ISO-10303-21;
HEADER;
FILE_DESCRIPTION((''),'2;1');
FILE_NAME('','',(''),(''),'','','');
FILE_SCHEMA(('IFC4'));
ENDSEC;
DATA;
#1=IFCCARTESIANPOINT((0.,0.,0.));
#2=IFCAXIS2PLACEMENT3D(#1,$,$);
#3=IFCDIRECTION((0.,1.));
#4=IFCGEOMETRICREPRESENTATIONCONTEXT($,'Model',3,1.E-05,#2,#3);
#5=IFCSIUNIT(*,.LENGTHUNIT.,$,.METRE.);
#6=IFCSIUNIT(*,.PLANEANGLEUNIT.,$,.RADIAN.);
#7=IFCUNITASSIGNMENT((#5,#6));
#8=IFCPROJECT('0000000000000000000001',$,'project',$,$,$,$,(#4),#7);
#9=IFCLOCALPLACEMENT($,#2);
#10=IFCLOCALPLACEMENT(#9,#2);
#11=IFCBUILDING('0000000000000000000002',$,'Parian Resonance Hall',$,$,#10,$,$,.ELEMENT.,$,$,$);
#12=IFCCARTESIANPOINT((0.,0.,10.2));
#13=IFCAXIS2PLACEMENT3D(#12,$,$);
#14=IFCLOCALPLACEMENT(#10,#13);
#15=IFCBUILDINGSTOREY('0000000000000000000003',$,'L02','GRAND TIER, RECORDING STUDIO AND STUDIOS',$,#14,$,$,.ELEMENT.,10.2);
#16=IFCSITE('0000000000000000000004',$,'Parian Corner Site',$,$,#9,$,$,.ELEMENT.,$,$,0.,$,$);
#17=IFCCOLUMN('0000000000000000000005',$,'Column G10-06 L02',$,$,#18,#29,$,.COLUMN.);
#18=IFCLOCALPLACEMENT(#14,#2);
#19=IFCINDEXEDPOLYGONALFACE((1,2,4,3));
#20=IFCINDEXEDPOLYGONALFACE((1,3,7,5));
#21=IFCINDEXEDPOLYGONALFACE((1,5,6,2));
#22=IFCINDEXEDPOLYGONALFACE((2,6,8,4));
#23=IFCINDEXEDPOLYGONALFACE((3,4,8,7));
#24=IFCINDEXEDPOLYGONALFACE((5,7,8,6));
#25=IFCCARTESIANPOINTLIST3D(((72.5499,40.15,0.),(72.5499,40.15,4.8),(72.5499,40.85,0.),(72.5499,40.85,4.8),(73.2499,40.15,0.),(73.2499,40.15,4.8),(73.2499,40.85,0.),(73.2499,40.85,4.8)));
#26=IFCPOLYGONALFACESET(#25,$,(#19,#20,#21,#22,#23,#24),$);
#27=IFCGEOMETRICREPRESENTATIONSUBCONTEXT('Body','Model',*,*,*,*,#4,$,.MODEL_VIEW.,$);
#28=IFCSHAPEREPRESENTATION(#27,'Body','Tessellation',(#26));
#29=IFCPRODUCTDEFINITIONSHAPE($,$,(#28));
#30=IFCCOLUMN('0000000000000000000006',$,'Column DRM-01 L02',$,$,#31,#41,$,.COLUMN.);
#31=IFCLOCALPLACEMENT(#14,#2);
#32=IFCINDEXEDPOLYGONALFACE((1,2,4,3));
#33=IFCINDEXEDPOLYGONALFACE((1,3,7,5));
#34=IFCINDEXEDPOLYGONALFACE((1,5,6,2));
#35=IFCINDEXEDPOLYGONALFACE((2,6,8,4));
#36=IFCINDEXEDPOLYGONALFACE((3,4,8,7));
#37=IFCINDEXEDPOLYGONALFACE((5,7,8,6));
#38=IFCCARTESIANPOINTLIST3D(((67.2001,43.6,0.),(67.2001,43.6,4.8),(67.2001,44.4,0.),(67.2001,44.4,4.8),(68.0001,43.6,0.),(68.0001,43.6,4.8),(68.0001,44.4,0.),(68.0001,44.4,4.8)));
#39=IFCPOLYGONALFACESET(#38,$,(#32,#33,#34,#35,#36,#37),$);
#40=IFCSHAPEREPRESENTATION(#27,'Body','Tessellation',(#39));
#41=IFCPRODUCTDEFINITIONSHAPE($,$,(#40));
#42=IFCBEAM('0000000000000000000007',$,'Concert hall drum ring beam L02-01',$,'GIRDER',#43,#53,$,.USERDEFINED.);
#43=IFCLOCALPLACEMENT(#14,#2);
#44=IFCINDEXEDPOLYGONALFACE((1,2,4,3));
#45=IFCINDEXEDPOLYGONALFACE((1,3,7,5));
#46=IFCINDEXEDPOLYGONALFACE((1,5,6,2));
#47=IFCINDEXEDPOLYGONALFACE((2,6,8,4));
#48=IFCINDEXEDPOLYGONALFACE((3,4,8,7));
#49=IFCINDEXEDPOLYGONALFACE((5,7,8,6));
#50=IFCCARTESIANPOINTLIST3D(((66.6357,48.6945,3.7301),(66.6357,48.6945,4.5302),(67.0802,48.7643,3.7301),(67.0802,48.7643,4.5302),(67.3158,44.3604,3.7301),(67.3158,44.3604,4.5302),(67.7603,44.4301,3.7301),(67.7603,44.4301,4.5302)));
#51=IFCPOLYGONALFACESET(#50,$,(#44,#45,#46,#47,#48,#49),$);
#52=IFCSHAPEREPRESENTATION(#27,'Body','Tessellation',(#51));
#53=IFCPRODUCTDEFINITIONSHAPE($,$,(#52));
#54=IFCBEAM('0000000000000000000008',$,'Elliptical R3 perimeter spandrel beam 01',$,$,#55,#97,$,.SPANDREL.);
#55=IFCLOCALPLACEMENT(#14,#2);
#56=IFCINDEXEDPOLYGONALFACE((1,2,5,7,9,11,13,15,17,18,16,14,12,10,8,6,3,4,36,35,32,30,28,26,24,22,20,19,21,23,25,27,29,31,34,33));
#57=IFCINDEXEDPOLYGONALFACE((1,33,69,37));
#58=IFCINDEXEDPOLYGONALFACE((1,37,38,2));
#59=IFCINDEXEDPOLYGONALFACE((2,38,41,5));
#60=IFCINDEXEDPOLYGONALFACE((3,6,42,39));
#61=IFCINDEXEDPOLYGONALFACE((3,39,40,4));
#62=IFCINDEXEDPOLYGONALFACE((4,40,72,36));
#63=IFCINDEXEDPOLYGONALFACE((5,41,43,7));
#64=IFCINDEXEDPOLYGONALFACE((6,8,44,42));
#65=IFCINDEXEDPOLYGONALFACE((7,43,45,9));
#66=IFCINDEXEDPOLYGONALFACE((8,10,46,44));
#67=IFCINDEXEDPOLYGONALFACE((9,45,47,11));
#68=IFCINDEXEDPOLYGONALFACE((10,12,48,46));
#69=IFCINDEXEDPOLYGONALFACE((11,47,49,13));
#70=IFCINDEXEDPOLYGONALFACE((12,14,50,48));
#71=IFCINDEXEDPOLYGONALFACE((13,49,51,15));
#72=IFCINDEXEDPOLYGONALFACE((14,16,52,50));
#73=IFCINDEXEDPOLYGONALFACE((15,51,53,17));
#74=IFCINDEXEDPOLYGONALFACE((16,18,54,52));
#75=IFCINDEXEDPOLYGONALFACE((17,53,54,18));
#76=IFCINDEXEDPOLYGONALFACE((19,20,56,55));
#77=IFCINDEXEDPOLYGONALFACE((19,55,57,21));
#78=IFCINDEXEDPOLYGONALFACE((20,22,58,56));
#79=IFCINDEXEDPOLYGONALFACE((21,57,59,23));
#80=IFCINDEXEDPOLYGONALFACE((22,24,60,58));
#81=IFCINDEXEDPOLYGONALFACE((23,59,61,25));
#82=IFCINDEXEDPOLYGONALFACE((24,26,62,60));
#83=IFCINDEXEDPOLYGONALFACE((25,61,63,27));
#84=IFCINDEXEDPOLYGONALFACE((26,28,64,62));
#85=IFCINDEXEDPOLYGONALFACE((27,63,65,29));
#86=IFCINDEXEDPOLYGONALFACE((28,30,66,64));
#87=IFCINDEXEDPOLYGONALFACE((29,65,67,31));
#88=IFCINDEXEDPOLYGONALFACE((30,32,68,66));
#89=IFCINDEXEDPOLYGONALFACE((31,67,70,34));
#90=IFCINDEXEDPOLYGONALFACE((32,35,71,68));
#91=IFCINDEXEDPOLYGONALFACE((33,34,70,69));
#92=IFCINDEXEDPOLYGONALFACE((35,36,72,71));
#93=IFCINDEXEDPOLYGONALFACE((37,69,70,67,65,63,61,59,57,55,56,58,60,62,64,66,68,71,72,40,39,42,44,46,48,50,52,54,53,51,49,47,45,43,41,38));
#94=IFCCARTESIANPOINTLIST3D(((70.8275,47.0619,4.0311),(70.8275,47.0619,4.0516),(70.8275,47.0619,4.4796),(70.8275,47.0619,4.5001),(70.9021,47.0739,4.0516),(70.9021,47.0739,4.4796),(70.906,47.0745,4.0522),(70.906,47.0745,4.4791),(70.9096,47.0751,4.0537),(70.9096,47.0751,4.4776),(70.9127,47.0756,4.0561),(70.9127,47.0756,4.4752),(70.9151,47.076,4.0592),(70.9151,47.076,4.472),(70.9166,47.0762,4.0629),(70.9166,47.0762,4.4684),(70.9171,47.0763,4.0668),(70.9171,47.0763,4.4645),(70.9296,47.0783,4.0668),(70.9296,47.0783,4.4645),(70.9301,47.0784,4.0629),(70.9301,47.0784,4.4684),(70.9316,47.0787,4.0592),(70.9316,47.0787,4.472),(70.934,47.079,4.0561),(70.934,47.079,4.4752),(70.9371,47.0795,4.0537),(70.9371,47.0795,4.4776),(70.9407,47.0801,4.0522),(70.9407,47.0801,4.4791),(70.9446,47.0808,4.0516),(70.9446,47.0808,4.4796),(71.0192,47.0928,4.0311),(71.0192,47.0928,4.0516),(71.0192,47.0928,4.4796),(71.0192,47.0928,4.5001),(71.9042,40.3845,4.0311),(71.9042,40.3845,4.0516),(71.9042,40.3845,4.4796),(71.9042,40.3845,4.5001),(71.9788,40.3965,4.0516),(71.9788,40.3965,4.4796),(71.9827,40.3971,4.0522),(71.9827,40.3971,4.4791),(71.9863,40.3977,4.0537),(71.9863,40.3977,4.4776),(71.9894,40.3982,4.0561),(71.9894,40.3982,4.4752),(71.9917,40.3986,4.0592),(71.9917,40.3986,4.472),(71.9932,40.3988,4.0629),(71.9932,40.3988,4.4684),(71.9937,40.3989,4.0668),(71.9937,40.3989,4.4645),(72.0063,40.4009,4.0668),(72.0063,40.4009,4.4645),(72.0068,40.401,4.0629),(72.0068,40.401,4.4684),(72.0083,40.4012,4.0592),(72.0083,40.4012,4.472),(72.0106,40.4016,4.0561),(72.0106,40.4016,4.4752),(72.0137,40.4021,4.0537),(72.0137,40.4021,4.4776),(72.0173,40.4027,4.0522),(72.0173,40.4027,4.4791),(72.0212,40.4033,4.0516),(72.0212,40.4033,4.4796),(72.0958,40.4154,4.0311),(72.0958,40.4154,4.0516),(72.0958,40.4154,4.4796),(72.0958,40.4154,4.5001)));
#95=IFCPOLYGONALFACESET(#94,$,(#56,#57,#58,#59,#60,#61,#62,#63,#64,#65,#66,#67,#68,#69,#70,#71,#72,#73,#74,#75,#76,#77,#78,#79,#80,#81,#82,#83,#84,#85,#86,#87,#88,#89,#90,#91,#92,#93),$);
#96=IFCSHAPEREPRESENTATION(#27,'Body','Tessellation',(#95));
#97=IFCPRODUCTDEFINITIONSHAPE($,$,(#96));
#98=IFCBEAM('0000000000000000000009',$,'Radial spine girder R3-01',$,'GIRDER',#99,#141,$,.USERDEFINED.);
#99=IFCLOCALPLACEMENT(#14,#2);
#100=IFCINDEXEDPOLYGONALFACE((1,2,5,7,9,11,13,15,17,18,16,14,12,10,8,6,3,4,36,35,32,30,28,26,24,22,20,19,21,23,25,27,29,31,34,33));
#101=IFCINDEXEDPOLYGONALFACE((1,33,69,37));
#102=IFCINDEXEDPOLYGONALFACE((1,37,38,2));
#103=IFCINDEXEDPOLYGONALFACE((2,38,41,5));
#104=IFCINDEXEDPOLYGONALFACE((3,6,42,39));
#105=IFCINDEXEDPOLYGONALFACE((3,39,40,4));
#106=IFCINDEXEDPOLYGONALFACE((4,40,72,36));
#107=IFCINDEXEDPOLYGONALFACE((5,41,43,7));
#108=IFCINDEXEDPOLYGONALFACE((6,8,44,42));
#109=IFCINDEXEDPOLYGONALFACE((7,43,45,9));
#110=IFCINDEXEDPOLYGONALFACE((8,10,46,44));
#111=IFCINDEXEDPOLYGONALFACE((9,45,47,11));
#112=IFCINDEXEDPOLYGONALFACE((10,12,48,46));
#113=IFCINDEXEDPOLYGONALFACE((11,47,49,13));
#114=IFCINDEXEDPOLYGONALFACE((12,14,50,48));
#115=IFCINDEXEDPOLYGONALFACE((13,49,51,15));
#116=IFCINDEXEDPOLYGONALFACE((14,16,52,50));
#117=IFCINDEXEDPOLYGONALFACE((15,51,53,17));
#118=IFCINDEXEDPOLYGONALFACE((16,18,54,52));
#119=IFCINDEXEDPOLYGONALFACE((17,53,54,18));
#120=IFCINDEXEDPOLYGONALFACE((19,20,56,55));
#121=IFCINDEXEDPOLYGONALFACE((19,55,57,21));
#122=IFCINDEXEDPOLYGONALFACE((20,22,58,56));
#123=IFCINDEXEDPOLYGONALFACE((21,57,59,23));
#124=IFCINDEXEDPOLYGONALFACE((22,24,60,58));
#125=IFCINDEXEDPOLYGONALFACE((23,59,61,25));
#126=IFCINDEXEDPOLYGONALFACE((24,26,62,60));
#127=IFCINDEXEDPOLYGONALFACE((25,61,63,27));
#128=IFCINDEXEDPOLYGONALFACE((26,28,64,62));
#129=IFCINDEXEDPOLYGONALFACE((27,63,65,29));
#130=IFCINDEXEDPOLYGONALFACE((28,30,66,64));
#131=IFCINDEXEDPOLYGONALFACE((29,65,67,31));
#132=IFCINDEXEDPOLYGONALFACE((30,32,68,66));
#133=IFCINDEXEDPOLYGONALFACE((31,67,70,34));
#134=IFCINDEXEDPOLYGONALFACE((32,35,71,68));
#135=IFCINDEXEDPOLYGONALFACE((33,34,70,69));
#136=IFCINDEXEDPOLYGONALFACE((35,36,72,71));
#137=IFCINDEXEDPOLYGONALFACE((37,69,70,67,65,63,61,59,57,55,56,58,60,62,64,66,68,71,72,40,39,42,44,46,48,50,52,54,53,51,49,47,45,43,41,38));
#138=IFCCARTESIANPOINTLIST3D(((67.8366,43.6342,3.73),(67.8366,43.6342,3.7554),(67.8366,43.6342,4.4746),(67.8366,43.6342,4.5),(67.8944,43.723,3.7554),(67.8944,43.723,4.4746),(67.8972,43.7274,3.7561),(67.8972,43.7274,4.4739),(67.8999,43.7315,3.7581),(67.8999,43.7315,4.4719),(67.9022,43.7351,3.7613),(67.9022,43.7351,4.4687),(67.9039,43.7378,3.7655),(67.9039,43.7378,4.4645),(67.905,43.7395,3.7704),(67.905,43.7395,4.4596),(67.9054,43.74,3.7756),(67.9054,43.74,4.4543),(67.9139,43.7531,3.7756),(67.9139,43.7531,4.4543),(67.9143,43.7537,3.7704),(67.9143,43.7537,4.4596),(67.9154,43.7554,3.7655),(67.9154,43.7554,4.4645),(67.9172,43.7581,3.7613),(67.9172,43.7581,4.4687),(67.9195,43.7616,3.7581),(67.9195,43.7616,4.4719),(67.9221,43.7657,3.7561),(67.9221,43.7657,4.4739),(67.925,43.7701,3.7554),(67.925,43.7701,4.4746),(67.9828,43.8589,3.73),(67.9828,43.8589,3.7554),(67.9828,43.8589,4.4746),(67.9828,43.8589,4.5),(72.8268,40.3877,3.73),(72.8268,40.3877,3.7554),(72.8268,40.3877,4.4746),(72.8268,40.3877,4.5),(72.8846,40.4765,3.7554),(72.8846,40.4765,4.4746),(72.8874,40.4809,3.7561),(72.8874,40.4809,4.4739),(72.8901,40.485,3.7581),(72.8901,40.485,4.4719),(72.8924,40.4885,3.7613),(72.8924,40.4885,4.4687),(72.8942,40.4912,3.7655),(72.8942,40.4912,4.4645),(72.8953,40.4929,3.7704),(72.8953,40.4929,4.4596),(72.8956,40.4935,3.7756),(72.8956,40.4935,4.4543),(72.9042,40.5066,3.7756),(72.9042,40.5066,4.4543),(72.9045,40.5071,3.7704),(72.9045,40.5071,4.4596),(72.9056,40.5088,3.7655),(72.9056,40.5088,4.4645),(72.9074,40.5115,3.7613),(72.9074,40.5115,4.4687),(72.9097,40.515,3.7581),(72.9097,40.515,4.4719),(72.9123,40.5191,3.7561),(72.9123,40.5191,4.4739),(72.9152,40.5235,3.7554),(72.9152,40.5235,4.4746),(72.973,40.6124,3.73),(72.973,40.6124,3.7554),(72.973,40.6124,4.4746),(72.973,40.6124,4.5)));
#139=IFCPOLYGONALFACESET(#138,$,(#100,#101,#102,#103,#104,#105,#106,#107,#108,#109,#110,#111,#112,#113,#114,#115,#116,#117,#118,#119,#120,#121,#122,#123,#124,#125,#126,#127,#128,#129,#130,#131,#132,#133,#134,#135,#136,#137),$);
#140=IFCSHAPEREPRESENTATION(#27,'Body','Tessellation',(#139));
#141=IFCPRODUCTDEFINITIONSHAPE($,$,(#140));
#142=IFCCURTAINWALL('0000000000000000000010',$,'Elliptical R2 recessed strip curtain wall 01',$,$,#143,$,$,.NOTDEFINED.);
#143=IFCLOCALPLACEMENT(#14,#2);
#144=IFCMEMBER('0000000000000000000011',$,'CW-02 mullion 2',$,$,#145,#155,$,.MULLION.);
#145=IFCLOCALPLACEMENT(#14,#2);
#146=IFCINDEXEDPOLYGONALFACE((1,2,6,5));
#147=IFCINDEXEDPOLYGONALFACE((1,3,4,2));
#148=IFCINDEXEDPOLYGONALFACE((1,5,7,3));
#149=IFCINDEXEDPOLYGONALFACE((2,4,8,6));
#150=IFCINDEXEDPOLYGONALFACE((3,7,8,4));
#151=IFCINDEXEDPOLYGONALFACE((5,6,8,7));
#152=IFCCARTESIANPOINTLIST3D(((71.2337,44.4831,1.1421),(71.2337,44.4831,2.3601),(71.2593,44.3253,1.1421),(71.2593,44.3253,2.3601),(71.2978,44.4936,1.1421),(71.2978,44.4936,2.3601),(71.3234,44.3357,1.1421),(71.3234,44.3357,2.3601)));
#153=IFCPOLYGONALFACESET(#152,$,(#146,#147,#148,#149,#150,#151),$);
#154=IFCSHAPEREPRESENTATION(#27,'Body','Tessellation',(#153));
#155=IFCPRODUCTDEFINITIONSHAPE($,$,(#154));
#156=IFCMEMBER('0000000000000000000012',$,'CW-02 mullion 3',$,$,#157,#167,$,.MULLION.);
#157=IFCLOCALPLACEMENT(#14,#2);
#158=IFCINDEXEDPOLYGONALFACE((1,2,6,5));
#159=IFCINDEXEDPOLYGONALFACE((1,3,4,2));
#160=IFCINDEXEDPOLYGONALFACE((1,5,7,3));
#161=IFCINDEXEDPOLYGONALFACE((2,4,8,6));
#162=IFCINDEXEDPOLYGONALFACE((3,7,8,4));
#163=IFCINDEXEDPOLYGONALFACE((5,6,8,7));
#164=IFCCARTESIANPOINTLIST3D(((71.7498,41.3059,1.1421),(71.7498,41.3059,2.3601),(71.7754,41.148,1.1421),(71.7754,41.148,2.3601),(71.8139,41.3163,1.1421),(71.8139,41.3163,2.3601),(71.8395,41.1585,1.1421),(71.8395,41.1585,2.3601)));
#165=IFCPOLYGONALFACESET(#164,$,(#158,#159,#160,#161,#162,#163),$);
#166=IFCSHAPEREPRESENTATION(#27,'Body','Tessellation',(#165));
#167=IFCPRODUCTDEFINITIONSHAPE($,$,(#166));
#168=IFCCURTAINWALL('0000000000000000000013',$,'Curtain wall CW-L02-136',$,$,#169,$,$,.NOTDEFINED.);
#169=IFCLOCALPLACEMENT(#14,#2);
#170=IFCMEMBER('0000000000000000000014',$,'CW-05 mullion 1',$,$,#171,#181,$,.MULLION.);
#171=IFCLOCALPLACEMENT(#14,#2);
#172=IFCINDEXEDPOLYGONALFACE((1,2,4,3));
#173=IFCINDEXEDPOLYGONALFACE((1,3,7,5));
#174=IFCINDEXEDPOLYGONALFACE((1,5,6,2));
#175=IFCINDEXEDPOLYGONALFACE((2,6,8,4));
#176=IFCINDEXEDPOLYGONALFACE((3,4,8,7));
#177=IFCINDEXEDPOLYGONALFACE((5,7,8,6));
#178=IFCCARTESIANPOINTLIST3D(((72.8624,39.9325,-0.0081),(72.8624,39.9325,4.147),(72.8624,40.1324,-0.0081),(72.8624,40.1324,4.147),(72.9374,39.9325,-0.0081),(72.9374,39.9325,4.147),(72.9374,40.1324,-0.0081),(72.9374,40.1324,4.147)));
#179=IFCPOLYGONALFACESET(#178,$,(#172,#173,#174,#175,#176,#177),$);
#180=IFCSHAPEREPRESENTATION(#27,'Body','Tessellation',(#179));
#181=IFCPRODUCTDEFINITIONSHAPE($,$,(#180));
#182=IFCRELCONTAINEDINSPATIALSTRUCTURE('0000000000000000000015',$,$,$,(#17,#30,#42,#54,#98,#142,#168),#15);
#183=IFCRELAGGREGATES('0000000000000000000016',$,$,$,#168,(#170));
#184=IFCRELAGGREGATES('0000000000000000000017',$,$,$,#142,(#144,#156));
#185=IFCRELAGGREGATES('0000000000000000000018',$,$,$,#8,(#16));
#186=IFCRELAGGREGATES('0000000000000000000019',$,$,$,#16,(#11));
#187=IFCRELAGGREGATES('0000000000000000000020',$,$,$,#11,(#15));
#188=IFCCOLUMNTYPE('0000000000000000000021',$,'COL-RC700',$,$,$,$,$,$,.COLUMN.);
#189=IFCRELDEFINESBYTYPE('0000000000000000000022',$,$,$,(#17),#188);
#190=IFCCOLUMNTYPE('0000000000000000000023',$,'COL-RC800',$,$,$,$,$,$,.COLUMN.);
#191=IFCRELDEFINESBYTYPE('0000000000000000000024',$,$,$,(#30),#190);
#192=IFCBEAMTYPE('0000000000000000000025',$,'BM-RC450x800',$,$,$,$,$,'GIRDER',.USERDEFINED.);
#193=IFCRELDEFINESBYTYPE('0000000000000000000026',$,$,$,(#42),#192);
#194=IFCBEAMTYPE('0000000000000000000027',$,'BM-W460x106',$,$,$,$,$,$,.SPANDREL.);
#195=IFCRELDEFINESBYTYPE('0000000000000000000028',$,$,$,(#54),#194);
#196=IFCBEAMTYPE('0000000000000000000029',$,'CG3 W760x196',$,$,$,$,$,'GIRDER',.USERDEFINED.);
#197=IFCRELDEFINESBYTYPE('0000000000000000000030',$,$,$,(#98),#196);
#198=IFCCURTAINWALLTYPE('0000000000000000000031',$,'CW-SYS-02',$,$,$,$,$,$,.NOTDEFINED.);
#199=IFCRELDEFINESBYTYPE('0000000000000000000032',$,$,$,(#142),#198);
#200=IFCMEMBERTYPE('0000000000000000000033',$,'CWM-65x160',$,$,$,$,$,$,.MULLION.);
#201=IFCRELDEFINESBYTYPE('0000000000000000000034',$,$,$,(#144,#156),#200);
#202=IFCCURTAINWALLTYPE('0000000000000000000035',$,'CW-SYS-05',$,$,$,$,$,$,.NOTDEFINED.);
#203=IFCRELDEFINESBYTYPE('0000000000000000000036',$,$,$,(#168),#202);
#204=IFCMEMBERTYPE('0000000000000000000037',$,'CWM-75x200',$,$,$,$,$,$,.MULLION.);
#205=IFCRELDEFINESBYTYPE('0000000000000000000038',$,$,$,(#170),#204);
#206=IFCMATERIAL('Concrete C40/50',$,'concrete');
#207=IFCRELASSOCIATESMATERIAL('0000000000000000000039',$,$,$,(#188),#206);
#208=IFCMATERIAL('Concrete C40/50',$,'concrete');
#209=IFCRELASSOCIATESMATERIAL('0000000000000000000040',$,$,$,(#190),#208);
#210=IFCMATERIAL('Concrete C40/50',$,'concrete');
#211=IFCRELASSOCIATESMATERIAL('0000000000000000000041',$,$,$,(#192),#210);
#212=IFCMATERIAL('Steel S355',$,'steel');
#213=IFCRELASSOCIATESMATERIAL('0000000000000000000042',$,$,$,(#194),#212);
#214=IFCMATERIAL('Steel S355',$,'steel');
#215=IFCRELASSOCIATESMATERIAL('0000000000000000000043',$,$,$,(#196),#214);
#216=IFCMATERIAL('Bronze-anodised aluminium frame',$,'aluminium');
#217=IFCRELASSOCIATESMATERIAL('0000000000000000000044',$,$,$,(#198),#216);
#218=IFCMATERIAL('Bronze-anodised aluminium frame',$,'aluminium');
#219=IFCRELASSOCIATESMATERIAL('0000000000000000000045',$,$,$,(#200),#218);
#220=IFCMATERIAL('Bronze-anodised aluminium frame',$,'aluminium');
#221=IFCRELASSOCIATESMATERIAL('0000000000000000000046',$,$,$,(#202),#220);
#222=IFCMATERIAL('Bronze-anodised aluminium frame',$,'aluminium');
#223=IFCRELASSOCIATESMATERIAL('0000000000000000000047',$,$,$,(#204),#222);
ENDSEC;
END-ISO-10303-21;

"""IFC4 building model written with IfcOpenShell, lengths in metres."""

from ifc_helpers import new_model, si_unit, direction, frame, origin, origin_2d, place, context, subcontext, project, spatial, rectangle, i_section, extrude, material, material_profile, profile_set, type_object, element, aggregate, save


model = new_model("IFC4")

# Units and contexts
model_context = context("Model", 3, precision=1e-05, world=origin(), true_north=direction((0.0, 1.0)))
body_context = subcontext(model_context, "Body", "Model", "MODEL_VIEW")
ifc_project = project(units=[si_unit("LENGTHUNIT", "METRE"), si_unit("PLANEANGLEUNIT", "RADIAN")], contexts=[model_context])

# Site, building, storey
site_placement = place(None, origin())
site = spatial("IfcSite", under=ifc_project, at=site_placement, Name="Parian Corner Site", CompositionType="ELEMENT", RefElevation=0.0)
building_placement = place(site_placement, origin())
building = spatial("IfcBuilding", under=site, at=building_placement, Name="Parian Resonance Hall", CompositionType="ELEMENT")
storey_placement = place(building_placement, frame((0.0, 0.0, 10.2)))
storey = spatial("IfcBuildingStorey", under=building, at=storey_placement, Name="L02", Description="GRAND TIER, RECORDING STUDIO AND STUDIOS", CompositionType="ELEMENT", Elevation=10.2)

# Columns
ifc_material_1 = material(Name="Concrete C40/50", Category="concrete")
ifc_material_profile_1 = material_profile(ifc_material_1, rectangle(XDim=0.7, YDim=0.7, at=origin_2d()), Name="RC-COL-700x700")
ifc_profile_set_1 = profile_set([ifc_material_profile_1], Name="Concrete C40/50")
column_type_1 = type_object("IfcColumnType", Name="COL-RC700", PredefinedType="COLUMN", material=ifc_profile_set_1)
column_1_placement = place(storey_placement, frame((72.8999, 40.5, 0.0), z_axis=(0.0, 0.0, 1.0), x_axis=(1.0, 0.0, 0.0)))
element("IfcColumn", 1, at=column_1_placement, inside=storey, type_object=column_type_1, Name="Column G10-06 L02", PredefinedType="COLUMN", context=body_context, shape_type="SweptSolid", body=[
    extrude(rectangle(XDim=0.7, YDim=0.7, at=origin_2d()), origin(), (0.0, 0.0, 1.0), 4.8),
])
ifc_material_2 = material(Name="Concrete C40/50", Category="concrete")
ifc_material_profile_2 = material_profile(ifc_material_2, rectangle(XDim=0.8, YDim=0.8, at=origin_2d()), Name="RC-COL-800x800")
ifc_profile_set_2 = profile_set([ifc_material_profile_2], Name="Concrete C40/50")
column_type_2 = type_object("IfcColumnType", Name="COL-RC800", PredefinedType="COLUMN", material=ifc_profile_set_2)
column_2_placement = place(storey_placement, frame((67.6001, 44.0, 0.0), z_axis=(0.0, 0.0, 1.0), x_axis=(1.0, 0.0, 0.0)))
element("IfcColumn", 2, at=column_2_placement, inside=storey, type_object=column_type_2, Name="Column DRM-01 L02", PredefinedType="COLUMN", context=body_context, shape_type="SweptSolid", body=[
    extrude(rectangle(XDim=0.8, YDim=0.8, at=origin_2d()), origin(), (0.0, 0.0, 1.0), 4.8),
])

# Beams
ifc_material_3 = material(Name="Concrete C40/50", Category="concrete")
ifc_material_profile_3 = material_profile(ifc_material_3, rectangle(XDim=0.45, YDim=0.8, at=origin_2d()), Name="RC-BM-450x800")
ifc_profile_set_3 = profile_set([ifc_material_profile_3], Name="Concrete C40/50")
beam_type_1 = type_object("IfcBeamType", Name="BM-RC450x800", ElementType="GIRDER", PredefinedType="USERDEFINED", material=ifc_profile_set_3)
beam_1_placement = place(storey_placement, frame((67.5381, 44.3953, 4.1301), z_axis=(-0.155034, 0.987909, 0.0), x_axis=(-0.987909, -0.155034, 0.0)))
element("IfcBeam", 3, at=beam_1_placement, inside=storey, type_object=beam_type_1, Name="Concert hall drum ring beam L02-01", ObjectType="GIRDER", PredefinedType="USERDEFINED", context=body_context, shape_type="SweptSolid", body=[
    extrude(rectangle(XDim=0.45, YDim=0.8, at=origin_2d()), origin(), (0.0, 0.0, 1.0), 4.3872),
])
ifc_material_4 = material(Name="Steel S355", Category="steel")
ifc_material_profile_4 = material_profile(ifc_material_4, i_section(OverallWidth=0.1941, OverallDepth=0.469, WebThickness=0.0127, FlangeThickness=0.0205, FilletRadius=0.0151, at=origin_2d()), Name="W460x106")
ifc_profile_set_4 = profile_set([ifc_material_profile_4], Name="Steel S355")
beam_type_2 = type_object("IfcBeamType", Name="BM-W460x106", PredefinedType="SPANDREL", material=ifc_profile_set_4)
beam_2_placement = place(storey_placement, frame((72.0, 40.3999, 4.2656), z_axis=(-0.159181, 0.987249, 0.0), x_axis=(-0.987249, -0.159181, 0.0)))
element("IfcBeam", 4, at=beam_2_placement, inside=storey, type_object=beam_type_2, Name="Elliptical R3 perimeter spandrel beam 01", PredefinedType="SPANDREL", context=body_context, shape_type="SweptSolid", body=[
    extrude(i_section(OverallWidth=0.1941, OverallDepth=0.469, WebThickness=0.0127, FlangeThickness=0.0205, FilletRadius=0.0151, at=origin_2d()), origin(), (0.0, 0.0, 1.0), 6.7637),
])
ifc_material_5 = material(Name="Steel S355", Category="steel")
ifc_material_profile_5 = material_profile(ifc_material_5, i_section(OverallWidth=0.2681, OverallDepth=0.77, WebThickness=0.0156, FlangeThickness=0.0254, FilletRadius=0.0203, at=origin_2d()), Name="W760x196")
ifc_profile_set_5 = profile_set([ifc_material_profile_5], Name="Steel S355")
beam_type_3 = type_object("IfcBeamType", Name="CG3 W760x196", ElementType="GIRDER", PredefinedType="USERDEFINED", material=ifc_profile_set_5)
beam_3_placement = place(storey_placement, frame((67.9097, 43.7466, 4.115), z_axis=(0.838219, -0.545334, 0.0), x_axis=(0.545334, 0.838219, 0.0)))
element("IfcBeam", 5, at=beam_3_placement, inside=storey, type_object=beam_type_3, Name="Radial spine girder R3-01", ObjectType="GIRDER", PredefinedType="USERDEFINED", context=body_context, shape_type="SweptSolid", body=[
    extrude(i_section(OverallWidth=0.2681, OverallDepth=0.77, WebThickness=0.0156, FlangeThickness=0.0254, FilletRadius=0.0203, at=origin_2d()), origin(), (0.0, 0.0, 1.0), 5.9534),
])

# Curtain wall, members
ifc_material_6 = material(Name="Bronze-anodised aluminium frame", Category="aluminium")
curtain_wall_type_1 = type_object("IfcCurtainWallType", Name="CW-SYS-02", PredefinedType="NOTDEFINED", material=ifc_material_6)
curtain_wall_1_placement = place(storey_placement, origin())
curtain_wall_1 = element("IfcCurtainWall", 6, at=curtain_wall_1_placement, inside=storey, type_object=curtain_wall_type_1, Name="Elliptical R2 recessed strip curtain wall 01", PredefinedType="NOTDEFINED")
ifc_material_7 = material(Name="Bronze-anodised aluminium frame", Category="aluminium")
ifc_material_profile_6 = material_profile(ifc_material_7, rectangle(XDim=0.0649, YDim=0.1599, at=origin_2d()), Name="CWM-65x160")
ifc_profile_set_6 = profile_set([ifc_material_profile_6], Name="Bronze-anodised aluminium frame")
member_type_1 = type_object("IfcMemberType", Name="CWM-65x160", PredefinedType="MULLION", material=ifc_profile_set_6)
member_1_placement = place(storey_placement, frame((71.2786, 44.4094, 1.1421), z_axis=(0.0, 0.0, 1.0), x_axis=(0.987061, 0.160345, 0.0)))
member_1 = element("IfcMember", 7, at=member_1_placement, type_object=member_type_1, Name="CW-02 mullion 2", PredefinedType="MULLION", context=body_context, shape_type="SweptSolid", body=[
    extrude(rectangle(XDim=0.0649, YDim=0.1599, at=origin_2d()), origin(), (0.0, 0.0, 1.0), 1.218),
])
member_2_placement = place(storey_placement, frame((71.7947, 41.2322, 1.1421), z_axis=(0.0, 0.0, 1.0), x_axis=(0.987061, 0.160345, 0.0)))
member_2 = element("IfcMember", 8, at=member_2_placement, type_object=member_type_1, Name="CW-02 mullion 3", PredefinedType="MULLION", context=body_context, shape_type="SweptSolid", body=[
    extrude(rectangle(XDim=0.0649, YDim=0.1599, at=origin_2d()), origin(), (0.0, 0.0, 1.0), 1.218),
])

# Curtain wall, member
ifc_material_8 = material(Name="Bronze-anodised aluminium frame", Category="aluminium")
curtain_wall_type_2 = type_object("IfcCurtainWallType", Name="CW-SYS-05", PredefinedType="NOTDEFINED", material=ifc_material_8)
curtain_wall_2_placement = place(storey_placement, origin())
curtain_wall_2 = element("IfcCurtainWall", 9, at=curtain_wall_2_placement, inside=storey, type_object=curtain_wall_type_2, Name="Curtain wall CW-L02-136", PredefinedType="NOTDEFINED")
ifc_material_9 = material(Name="Bronze-anodised aluminium frame", Category="aluminium")
ifc_material_profile_7 = material_profile(ifc_material_9, rectangle(XDim=0.075, YDim=0.2, at=origin_2d()), Name="CWM-75x200")
ifc_profile_set_7 = profile_set([ifc_material_profile_7], Name="Bronze-anodised aluminium frame")
member_type_2 = type_object("IfcMemberType", Name="CWM-75x200", PredefinedType="MULLION", material=ifc_profile_set_7)
member_3_placement = place(storey_placement, frame((72.8999, 40.0325, -0.0081), z_axis=(0.0, 0.0, 1.0), x_axis=(1.0, 0.0, 0.0)))
member_3 = element("IfcMember", 10, at=member_3_placement, type_object=member_type_2, Name="CW-05 mullion 1", PredefinedType="MULLION", context=body_context, shape_type="SweptSolid", body=[
    extrude(rectangle(XDim=0.075, YDim=0.2, at=origin_2d()), origin(), (0.0, 0.0, 1.0), 4.155),
])

aggregate(curtain_wall_2, [member_3])

aggregate(curtain_wall_1, [member_1, member_2])

save(model, "model.ifc")
